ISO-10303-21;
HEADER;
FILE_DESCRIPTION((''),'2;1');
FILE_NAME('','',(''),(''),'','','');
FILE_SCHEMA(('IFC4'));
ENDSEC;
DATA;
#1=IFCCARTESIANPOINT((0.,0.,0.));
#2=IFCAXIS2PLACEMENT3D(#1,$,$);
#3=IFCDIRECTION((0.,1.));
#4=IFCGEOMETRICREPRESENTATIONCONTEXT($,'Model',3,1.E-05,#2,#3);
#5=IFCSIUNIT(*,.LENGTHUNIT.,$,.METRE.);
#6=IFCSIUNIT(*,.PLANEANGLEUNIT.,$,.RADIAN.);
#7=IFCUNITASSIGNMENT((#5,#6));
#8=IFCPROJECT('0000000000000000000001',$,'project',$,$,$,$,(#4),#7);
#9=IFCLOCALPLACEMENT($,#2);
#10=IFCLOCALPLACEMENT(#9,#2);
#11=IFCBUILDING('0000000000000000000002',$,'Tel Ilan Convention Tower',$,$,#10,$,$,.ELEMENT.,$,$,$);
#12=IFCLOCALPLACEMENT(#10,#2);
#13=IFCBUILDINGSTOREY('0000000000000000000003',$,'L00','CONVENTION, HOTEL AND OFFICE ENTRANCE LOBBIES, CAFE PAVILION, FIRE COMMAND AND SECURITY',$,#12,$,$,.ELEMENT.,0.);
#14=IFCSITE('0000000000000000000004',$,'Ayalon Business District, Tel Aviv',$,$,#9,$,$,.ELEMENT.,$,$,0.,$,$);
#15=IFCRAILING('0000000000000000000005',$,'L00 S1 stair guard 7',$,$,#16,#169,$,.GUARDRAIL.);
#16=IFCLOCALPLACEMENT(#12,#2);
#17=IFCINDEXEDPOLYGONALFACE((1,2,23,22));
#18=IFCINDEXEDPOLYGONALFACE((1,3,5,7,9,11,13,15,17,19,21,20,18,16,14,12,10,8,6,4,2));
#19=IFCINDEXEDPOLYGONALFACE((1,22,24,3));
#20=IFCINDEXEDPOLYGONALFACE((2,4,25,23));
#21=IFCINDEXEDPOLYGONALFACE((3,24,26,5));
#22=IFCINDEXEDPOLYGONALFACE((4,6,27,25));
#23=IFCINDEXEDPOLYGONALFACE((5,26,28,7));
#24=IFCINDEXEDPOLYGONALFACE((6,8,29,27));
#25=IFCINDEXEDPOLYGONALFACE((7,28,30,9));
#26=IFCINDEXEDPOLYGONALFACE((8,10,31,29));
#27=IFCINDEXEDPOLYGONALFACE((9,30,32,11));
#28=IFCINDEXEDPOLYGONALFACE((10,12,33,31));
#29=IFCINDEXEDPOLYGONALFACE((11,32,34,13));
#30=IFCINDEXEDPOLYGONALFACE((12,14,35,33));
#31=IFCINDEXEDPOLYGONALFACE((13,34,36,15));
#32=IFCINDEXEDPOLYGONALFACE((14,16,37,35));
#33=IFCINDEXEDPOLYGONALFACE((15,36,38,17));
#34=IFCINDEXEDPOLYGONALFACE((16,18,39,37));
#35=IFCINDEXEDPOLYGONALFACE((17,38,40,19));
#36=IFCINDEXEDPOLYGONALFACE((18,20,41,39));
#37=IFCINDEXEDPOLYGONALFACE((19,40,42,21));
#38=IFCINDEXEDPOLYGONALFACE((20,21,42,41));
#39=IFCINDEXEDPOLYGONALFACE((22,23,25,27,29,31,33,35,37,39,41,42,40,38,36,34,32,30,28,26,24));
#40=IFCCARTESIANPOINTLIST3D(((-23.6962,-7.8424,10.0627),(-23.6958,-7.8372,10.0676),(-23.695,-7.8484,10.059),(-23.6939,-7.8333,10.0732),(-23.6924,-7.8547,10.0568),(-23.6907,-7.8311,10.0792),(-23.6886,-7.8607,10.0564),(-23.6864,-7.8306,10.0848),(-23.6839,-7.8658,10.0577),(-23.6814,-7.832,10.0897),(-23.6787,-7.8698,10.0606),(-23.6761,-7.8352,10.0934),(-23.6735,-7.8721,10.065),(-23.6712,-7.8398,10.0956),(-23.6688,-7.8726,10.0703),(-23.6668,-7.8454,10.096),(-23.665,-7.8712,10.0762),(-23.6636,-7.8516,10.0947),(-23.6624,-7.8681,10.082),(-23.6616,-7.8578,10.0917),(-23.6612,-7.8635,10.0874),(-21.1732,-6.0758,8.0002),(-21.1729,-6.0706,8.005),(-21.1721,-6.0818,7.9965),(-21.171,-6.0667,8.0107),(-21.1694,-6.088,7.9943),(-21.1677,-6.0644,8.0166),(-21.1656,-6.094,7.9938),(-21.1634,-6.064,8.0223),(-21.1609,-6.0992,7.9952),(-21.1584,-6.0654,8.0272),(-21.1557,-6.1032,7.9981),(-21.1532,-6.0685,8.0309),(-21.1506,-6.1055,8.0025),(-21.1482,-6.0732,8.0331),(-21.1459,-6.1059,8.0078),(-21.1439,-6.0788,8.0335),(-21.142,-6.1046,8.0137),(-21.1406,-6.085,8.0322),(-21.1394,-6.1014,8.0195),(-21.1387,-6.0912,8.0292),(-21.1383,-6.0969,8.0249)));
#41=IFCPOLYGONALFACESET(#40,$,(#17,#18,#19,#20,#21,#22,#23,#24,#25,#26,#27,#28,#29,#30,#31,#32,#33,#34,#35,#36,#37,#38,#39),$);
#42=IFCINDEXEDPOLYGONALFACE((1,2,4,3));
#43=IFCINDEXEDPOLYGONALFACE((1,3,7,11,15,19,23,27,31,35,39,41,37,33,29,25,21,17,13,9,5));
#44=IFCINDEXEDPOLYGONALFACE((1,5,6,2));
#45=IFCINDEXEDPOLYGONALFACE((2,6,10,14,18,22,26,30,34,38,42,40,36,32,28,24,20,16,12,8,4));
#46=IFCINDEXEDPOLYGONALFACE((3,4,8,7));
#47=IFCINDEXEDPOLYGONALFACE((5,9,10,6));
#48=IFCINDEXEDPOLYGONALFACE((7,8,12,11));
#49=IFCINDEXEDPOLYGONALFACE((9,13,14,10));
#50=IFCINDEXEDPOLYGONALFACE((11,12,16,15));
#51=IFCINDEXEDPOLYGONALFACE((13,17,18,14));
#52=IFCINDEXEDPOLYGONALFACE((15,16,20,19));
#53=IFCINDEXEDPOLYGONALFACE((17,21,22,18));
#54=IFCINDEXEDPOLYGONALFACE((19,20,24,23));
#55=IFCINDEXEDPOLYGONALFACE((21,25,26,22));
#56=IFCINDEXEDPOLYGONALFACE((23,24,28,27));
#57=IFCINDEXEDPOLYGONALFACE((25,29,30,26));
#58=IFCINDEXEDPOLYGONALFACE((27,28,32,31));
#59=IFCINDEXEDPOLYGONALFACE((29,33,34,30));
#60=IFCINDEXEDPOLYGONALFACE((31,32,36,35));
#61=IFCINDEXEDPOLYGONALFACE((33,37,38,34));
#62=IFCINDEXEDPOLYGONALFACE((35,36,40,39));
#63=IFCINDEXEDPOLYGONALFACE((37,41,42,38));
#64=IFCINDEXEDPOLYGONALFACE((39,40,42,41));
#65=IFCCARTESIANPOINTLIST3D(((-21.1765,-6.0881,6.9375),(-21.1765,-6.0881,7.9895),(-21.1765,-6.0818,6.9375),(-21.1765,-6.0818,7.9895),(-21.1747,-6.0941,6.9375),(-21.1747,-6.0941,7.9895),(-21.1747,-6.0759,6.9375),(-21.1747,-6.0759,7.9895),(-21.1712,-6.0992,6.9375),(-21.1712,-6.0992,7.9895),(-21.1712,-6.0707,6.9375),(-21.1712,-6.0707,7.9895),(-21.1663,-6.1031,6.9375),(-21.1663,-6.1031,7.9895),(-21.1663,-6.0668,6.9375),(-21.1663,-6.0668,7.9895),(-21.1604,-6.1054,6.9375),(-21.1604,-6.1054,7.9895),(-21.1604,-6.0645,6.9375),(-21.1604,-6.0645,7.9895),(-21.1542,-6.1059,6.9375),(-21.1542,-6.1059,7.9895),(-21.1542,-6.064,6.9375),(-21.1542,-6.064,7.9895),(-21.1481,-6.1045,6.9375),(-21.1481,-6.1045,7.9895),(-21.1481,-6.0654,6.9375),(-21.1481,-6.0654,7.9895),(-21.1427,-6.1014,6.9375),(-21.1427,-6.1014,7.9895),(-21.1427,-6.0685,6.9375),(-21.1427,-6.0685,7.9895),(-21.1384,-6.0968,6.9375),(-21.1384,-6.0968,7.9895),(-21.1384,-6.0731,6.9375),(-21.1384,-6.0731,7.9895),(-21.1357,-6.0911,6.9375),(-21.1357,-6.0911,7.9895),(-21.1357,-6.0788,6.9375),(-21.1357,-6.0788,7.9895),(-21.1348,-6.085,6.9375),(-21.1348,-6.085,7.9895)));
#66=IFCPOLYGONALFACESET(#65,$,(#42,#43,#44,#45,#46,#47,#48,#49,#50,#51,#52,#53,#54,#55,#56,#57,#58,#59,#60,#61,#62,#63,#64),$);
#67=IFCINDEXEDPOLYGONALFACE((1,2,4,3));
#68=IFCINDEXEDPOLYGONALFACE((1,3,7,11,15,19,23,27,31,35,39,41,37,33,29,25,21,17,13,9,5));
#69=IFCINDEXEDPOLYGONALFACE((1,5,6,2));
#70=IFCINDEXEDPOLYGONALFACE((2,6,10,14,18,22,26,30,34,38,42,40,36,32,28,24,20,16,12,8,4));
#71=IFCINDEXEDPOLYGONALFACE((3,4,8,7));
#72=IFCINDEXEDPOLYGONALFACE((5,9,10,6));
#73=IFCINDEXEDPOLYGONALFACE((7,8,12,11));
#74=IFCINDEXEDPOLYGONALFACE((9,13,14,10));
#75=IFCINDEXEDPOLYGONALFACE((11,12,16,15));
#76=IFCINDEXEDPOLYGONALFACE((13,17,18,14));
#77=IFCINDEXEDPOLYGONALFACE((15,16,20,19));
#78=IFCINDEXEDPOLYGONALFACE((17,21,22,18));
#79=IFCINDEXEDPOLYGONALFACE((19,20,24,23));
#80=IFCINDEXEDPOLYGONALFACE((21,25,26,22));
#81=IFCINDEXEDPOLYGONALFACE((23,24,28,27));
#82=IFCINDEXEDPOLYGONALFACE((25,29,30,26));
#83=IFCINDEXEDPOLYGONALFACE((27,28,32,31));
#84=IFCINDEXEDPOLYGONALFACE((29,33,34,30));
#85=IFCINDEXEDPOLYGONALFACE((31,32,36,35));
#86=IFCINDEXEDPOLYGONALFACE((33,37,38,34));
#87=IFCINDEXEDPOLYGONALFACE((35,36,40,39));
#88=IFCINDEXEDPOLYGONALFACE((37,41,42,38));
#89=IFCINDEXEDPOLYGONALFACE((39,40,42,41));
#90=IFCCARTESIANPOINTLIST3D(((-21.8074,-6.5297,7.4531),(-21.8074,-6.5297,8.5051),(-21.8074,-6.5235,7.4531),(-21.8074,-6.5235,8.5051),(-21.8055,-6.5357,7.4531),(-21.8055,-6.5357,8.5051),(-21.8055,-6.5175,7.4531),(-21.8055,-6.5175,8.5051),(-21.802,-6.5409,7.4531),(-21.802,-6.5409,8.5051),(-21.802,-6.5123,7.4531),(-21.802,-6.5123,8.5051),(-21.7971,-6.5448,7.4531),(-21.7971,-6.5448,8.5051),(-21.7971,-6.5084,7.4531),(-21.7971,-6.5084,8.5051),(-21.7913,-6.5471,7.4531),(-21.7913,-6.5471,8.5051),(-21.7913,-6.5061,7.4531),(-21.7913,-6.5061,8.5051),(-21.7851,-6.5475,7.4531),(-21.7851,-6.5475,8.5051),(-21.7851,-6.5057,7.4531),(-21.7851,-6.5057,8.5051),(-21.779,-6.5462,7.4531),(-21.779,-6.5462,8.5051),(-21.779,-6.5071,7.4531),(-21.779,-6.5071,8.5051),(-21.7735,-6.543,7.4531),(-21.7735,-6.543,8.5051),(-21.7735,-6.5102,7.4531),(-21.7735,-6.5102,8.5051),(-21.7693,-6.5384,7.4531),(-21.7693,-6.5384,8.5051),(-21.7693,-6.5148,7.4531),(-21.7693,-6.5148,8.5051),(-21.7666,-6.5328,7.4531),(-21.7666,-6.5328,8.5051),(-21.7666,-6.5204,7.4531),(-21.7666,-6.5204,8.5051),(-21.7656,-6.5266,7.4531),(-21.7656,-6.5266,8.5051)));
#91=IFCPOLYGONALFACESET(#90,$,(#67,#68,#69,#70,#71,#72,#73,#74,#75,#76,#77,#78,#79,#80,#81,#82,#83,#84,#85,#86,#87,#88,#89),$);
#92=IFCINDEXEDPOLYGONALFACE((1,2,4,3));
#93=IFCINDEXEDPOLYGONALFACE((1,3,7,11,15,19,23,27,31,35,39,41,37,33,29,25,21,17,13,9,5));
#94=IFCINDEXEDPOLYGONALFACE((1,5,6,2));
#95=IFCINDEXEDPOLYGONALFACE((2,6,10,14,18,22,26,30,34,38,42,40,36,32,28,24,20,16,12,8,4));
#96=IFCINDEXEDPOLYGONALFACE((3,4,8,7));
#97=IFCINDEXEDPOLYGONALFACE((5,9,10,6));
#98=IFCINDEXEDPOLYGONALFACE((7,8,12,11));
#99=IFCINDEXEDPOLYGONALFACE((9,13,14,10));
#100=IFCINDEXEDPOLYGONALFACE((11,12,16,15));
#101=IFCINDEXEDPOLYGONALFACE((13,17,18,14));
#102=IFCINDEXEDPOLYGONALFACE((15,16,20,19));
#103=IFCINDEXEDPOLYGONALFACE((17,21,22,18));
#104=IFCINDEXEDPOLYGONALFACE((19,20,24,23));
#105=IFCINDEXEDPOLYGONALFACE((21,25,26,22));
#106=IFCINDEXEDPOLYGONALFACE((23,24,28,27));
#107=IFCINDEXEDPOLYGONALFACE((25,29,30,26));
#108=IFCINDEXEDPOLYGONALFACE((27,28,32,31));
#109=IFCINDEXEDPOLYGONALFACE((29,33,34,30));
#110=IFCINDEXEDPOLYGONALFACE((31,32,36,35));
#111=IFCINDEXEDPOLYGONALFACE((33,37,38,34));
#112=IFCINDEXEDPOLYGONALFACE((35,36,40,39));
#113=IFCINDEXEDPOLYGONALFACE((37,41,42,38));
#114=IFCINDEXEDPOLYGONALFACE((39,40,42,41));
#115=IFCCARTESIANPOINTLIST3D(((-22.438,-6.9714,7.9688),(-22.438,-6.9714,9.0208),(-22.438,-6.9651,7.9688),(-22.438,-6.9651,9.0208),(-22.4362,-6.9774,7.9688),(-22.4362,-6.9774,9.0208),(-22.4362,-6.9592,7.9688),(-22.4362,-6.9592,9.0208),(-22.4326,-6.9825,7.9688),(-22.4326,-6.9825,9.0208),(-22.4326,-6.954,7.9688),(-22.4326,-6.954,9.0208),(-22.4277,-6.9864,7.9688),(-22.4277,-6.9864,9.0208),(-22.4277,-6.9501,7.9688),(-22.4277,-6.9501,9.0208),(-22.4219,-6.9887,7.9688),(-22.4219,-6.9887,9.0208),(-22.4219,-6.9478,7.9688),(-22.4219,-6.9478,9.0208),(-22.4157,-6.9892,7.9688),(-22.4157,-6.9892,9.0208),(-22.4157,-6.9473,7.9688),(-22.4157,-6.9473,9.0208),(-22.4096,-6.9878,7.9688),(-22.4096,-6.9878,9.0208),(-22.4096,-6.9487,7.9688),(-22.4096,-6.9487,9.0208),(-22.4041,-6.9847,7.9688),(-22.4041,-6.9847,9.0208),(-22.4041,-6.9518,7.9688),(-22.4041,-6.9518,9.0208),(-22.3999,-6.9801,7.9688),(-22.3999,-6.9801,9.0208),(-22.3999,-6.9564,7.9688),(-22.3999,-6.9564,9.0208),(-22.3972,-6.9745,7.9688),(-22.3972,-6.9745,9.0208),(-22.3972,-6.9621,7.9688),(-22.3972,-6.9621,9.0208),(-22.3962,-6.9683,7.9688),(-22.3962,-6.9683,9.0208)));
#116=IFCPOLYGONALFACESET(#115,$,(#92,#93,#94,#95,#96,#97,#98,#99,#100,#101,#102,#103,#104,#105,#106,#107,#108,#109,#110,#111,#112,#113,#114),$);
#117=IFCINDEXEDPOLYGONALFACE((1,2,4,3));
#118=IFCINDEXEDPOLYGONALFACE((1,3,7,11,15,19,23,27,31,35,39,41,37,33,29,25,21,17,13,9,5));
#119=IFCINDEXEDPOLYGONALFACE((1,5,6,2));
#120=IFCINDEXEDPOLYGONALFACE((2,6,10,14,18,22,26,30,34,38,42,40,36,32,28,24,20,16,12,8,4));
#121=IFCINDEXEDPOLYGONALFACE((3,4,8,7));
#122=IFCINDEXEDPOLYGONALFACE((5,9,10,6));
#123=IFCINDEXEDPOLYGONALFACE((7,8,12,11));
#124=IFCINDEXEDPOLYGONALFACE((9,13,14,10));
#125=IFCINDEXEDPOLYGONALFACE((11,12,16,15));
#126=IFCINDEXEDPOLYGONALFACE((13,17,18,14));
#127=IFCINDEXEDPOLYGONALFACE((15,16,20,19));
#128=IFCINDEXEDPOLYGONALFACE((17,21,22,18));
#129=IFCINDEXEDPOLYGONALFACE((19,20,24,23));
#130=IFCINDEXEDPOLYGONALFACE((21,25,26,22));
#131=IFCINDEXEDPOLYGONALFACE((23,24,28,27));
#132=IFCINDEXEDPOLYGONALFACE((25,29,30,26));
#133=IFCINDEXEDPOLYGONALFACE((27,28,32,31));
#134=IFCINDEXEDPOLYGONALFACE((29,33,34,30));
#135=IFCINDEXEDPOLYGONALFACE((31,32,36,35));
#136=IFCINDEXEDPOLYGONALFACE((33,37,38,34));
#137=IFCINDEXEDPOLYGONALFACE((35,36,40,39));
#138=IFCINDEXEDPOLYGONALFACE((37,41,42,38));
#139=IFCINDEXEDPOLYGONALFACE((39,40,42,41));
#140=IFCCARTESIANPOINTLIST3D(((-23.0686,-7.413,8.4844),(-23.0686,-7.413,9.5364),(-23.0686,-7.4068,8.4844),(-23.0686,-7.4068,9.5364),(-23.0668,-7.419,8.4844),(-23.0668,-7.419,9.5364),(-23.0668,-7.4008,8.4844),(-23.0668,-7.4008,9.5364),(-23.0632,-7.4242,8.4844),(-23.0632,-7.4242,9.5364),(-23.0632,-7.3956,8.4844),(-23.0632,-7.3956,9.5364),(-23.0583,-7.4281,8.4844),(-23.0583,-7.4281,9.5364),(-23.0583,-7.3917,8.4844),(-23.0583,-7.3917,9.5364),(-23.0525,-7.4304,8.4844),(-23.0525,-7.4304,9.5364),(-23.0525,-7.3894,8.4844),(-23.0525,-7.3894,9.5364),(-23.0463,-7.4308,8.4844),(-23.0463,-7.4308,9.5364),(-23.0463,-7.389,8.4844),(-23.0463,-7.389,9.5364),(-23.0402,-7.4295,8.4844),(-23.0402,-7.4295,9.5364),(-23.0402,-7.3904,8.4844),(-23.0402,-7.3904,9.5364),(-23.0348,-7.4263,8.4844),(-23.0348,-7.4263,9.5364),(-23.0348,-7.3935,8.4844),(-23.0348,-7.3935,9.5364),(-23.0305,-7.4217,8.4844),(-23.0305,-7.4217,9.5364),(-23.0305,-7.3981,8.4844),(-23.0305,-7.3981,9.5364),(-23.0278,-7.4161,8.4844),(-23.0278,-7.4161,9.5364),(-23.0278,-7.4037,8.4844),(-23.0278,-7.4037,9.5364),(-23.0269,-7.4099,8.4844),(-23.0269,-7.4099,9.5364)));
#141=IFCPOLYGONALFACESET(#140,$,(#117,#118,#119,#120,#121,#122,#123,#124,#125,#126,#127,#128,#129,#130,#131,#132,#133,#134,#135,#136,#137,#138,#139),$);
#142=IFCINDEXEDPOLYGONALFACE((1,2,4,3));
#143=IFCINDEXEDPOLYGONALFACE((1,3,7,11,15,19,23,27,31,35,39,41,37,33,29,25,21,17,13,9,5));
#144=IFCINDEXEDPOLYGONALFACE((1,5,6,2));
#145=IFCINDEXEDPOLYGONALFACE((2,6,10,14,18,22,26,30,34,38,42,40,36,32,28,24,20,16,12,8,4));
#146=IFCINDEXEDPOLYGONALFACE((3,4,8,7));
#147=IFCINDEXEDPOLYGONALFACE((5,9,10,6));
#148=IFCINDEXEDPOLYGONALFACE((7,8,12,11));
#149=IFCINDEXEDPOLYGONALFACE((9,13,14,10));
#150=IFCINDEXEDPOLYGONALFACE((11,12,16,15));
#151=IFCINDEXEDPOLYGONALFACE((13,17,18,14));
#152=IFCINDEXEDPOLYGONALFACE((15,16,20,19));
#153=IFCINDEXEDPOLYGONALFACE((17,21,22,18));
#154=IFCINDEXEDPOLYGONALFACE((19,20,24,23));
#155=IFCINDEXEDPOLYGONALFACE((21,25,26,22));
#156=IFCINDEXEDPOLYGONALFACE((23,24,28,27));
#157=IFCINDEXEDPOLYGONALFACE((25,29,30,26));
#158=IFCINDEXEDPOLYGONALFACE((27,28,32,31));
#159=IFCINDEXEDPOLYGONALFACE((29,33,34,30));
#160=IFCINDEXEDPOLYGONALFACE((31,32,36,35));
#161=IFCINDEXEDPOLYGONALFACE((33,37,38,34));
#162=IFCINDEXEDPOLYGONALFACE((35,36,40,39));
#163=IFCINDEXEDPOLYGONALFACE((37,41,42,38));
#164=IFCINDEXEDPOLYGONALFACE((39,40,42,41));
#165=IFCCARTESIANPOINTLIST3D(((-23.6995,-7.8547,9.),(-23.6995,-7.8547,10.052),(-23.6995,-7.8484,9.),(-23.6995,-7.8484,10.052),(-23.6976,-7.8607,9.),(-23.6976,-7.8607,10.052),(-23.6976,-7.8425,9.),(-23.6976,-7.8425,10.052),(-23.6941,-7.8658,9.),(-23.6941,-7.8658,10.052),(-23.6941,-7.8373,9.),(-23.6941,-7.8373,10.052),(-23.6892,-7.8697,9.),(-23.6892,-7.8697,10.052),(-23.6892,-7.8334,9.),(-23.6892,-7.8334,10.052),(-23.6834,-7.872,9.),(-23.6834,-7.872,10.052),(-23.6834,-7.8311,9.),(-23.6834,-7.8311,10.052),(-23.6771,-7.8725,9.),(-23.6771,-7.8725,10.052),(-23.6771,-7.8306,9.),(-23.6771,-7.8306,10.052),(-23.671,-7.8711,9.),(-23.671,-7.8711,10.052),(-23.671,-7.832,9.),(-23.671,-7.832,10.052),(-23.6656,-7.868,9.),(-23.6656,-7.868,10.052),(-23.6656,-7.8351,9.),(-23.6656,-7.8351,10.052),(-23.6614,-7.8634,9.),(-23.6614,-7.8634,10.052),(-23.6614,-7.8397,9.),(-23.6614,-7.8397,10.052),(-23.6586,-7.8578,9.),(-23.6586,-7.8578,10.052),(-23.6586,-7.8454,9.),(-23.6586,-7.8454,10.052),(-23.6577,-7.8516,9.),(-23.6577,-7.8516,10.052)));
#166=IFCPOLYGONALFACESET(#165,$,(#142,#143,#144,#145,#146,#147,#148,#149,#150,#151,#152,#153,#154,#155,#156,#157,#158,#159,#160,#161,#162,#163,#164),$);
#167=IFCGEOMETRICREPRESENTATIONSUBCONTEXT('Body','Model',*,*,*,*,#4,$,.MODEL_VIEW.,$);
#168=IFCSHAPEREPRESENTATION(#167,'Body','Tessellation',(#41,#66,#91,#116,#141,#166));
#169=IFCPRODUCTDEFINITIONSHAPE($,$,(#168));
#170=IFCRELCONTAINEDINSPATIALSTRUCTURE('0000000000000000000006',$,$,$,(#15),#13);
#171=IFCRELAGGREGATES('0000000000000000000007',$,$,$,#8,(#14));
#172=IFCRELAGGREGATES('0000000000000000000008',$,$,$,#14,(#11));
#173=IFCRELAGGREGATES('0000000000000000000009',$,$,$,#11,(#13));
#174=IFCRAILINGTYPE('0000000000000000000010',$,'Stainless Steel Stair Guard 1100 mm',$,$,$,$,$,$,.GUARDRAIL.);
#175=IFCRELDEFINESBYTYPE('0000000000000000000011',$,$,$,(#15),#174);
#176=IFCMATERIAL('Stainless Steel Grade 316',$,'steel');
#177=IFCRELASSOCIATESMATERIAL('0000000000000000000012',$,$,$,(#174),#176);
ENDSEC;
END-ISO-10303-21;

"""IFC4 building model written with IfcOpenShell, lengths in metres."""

from ifc_helpers import new_model, si_unit, direction, frame, origin, origin_2d, place, context, subcontext, project, spatial, circle, extrude, material, type_object, element, save


model = new_model("IFC4")

# Units and contexts
model_context = context("Model", 3, precision=1e-05, world=origin(), true_north=direction((0.0, 1.0)))
body_context = subcontext(model_context, "Body", "Model", "MODEL_VIEW")
ifc_project = project(units=[si_unit("LENGTHUNIT", "METRE"), si_unit("PLANEANGLEUNIT", "RADIAN")], contexts=[model_context])

# Site, building, storey
site_placement = place(None, origin())
site = spatial("IfcSite", under=ifc_project, at=site_placement, Name="Ayalon Business District, Tel Aviv", CompositionType="ELEMENT", RefElevation=0.0)
building_placement = place(site_placement, origin())
building = spatial("IfcBuilding", under=site, at=building_placement, Name="Tel Ilan Convention Tower", CompositionType="ELEMENT")
storey_placement = place(building_placement, origin())
storey = spatial("IfcBuildingStorey", under=building, at=storey_placement, Name="L00", Description="CONVENTION, HOTEL AND OFFICE ENTRANCE LOBBIES, CAFE PAVILION, FIRE COMMAND AND SECURITY", CompositionType="ELEMENT", Elevation=0.0)

# Railing
ifc_material_1 = material(Name="Stainless Steel Grade 316", Category="steel")
railing_type_1 = type_object("IfcRailingType", Name="Stainless Steel Stair Guard 1100 mm", PredefinedType="GUARDRAIL", material=ifc_material_1)
railing_1_placement = place(storey_placement, frame((-21.1558, -6.085, 6.9375)))
element("IfcRailing", 1, at=railing_1_placement, inside=storey, type_object=railing_type_1, Name="L00 S1 stair guard 7", PredefinedType="GUARDRAIL", context=body_context, shape_type="SweptSolid", body=[
    extrude(circle(Radius=0.0239, at=origin_2d()), frame((0.0, 0.0, 1.0762), z_axis=(-0.680635, -0.476589, 0.556416), x_axis=(0.573579, -0.81915, 0.0)), (0.0, 0.0, 1.0), 3.7068),
    extrude(circle(Radius=0.021, at=origin_2d()), origin(), (0.0, 0.0, 1.0), 1.052),
    extrude(circle(Radius=0.021, at=origin_2d()), frame((-0.6309, -0.4417, 0.5156)), (0.0, 0.0, 1.0), 1.052),
    extrude(circle(Radius=0.021, at=origin_2d()), frame((-1.2615, -0.8833, 1.0312)), (0.0, 0.0, 1.0), 1.052),
    extrude(circle(Radius=0.021, at=origin_2d()), frame((-1.8921, -1.325, 1.5469)), (0.0, 0.0, 1.0), 1.052),
    extrude(circle(Radius=0.021, at=origin_2d()), frame((-2.5229, -1.7666, 2.0625)), (0.0, 0.0, 1.0), 1.052),
])

save(model, "model.ifc")
